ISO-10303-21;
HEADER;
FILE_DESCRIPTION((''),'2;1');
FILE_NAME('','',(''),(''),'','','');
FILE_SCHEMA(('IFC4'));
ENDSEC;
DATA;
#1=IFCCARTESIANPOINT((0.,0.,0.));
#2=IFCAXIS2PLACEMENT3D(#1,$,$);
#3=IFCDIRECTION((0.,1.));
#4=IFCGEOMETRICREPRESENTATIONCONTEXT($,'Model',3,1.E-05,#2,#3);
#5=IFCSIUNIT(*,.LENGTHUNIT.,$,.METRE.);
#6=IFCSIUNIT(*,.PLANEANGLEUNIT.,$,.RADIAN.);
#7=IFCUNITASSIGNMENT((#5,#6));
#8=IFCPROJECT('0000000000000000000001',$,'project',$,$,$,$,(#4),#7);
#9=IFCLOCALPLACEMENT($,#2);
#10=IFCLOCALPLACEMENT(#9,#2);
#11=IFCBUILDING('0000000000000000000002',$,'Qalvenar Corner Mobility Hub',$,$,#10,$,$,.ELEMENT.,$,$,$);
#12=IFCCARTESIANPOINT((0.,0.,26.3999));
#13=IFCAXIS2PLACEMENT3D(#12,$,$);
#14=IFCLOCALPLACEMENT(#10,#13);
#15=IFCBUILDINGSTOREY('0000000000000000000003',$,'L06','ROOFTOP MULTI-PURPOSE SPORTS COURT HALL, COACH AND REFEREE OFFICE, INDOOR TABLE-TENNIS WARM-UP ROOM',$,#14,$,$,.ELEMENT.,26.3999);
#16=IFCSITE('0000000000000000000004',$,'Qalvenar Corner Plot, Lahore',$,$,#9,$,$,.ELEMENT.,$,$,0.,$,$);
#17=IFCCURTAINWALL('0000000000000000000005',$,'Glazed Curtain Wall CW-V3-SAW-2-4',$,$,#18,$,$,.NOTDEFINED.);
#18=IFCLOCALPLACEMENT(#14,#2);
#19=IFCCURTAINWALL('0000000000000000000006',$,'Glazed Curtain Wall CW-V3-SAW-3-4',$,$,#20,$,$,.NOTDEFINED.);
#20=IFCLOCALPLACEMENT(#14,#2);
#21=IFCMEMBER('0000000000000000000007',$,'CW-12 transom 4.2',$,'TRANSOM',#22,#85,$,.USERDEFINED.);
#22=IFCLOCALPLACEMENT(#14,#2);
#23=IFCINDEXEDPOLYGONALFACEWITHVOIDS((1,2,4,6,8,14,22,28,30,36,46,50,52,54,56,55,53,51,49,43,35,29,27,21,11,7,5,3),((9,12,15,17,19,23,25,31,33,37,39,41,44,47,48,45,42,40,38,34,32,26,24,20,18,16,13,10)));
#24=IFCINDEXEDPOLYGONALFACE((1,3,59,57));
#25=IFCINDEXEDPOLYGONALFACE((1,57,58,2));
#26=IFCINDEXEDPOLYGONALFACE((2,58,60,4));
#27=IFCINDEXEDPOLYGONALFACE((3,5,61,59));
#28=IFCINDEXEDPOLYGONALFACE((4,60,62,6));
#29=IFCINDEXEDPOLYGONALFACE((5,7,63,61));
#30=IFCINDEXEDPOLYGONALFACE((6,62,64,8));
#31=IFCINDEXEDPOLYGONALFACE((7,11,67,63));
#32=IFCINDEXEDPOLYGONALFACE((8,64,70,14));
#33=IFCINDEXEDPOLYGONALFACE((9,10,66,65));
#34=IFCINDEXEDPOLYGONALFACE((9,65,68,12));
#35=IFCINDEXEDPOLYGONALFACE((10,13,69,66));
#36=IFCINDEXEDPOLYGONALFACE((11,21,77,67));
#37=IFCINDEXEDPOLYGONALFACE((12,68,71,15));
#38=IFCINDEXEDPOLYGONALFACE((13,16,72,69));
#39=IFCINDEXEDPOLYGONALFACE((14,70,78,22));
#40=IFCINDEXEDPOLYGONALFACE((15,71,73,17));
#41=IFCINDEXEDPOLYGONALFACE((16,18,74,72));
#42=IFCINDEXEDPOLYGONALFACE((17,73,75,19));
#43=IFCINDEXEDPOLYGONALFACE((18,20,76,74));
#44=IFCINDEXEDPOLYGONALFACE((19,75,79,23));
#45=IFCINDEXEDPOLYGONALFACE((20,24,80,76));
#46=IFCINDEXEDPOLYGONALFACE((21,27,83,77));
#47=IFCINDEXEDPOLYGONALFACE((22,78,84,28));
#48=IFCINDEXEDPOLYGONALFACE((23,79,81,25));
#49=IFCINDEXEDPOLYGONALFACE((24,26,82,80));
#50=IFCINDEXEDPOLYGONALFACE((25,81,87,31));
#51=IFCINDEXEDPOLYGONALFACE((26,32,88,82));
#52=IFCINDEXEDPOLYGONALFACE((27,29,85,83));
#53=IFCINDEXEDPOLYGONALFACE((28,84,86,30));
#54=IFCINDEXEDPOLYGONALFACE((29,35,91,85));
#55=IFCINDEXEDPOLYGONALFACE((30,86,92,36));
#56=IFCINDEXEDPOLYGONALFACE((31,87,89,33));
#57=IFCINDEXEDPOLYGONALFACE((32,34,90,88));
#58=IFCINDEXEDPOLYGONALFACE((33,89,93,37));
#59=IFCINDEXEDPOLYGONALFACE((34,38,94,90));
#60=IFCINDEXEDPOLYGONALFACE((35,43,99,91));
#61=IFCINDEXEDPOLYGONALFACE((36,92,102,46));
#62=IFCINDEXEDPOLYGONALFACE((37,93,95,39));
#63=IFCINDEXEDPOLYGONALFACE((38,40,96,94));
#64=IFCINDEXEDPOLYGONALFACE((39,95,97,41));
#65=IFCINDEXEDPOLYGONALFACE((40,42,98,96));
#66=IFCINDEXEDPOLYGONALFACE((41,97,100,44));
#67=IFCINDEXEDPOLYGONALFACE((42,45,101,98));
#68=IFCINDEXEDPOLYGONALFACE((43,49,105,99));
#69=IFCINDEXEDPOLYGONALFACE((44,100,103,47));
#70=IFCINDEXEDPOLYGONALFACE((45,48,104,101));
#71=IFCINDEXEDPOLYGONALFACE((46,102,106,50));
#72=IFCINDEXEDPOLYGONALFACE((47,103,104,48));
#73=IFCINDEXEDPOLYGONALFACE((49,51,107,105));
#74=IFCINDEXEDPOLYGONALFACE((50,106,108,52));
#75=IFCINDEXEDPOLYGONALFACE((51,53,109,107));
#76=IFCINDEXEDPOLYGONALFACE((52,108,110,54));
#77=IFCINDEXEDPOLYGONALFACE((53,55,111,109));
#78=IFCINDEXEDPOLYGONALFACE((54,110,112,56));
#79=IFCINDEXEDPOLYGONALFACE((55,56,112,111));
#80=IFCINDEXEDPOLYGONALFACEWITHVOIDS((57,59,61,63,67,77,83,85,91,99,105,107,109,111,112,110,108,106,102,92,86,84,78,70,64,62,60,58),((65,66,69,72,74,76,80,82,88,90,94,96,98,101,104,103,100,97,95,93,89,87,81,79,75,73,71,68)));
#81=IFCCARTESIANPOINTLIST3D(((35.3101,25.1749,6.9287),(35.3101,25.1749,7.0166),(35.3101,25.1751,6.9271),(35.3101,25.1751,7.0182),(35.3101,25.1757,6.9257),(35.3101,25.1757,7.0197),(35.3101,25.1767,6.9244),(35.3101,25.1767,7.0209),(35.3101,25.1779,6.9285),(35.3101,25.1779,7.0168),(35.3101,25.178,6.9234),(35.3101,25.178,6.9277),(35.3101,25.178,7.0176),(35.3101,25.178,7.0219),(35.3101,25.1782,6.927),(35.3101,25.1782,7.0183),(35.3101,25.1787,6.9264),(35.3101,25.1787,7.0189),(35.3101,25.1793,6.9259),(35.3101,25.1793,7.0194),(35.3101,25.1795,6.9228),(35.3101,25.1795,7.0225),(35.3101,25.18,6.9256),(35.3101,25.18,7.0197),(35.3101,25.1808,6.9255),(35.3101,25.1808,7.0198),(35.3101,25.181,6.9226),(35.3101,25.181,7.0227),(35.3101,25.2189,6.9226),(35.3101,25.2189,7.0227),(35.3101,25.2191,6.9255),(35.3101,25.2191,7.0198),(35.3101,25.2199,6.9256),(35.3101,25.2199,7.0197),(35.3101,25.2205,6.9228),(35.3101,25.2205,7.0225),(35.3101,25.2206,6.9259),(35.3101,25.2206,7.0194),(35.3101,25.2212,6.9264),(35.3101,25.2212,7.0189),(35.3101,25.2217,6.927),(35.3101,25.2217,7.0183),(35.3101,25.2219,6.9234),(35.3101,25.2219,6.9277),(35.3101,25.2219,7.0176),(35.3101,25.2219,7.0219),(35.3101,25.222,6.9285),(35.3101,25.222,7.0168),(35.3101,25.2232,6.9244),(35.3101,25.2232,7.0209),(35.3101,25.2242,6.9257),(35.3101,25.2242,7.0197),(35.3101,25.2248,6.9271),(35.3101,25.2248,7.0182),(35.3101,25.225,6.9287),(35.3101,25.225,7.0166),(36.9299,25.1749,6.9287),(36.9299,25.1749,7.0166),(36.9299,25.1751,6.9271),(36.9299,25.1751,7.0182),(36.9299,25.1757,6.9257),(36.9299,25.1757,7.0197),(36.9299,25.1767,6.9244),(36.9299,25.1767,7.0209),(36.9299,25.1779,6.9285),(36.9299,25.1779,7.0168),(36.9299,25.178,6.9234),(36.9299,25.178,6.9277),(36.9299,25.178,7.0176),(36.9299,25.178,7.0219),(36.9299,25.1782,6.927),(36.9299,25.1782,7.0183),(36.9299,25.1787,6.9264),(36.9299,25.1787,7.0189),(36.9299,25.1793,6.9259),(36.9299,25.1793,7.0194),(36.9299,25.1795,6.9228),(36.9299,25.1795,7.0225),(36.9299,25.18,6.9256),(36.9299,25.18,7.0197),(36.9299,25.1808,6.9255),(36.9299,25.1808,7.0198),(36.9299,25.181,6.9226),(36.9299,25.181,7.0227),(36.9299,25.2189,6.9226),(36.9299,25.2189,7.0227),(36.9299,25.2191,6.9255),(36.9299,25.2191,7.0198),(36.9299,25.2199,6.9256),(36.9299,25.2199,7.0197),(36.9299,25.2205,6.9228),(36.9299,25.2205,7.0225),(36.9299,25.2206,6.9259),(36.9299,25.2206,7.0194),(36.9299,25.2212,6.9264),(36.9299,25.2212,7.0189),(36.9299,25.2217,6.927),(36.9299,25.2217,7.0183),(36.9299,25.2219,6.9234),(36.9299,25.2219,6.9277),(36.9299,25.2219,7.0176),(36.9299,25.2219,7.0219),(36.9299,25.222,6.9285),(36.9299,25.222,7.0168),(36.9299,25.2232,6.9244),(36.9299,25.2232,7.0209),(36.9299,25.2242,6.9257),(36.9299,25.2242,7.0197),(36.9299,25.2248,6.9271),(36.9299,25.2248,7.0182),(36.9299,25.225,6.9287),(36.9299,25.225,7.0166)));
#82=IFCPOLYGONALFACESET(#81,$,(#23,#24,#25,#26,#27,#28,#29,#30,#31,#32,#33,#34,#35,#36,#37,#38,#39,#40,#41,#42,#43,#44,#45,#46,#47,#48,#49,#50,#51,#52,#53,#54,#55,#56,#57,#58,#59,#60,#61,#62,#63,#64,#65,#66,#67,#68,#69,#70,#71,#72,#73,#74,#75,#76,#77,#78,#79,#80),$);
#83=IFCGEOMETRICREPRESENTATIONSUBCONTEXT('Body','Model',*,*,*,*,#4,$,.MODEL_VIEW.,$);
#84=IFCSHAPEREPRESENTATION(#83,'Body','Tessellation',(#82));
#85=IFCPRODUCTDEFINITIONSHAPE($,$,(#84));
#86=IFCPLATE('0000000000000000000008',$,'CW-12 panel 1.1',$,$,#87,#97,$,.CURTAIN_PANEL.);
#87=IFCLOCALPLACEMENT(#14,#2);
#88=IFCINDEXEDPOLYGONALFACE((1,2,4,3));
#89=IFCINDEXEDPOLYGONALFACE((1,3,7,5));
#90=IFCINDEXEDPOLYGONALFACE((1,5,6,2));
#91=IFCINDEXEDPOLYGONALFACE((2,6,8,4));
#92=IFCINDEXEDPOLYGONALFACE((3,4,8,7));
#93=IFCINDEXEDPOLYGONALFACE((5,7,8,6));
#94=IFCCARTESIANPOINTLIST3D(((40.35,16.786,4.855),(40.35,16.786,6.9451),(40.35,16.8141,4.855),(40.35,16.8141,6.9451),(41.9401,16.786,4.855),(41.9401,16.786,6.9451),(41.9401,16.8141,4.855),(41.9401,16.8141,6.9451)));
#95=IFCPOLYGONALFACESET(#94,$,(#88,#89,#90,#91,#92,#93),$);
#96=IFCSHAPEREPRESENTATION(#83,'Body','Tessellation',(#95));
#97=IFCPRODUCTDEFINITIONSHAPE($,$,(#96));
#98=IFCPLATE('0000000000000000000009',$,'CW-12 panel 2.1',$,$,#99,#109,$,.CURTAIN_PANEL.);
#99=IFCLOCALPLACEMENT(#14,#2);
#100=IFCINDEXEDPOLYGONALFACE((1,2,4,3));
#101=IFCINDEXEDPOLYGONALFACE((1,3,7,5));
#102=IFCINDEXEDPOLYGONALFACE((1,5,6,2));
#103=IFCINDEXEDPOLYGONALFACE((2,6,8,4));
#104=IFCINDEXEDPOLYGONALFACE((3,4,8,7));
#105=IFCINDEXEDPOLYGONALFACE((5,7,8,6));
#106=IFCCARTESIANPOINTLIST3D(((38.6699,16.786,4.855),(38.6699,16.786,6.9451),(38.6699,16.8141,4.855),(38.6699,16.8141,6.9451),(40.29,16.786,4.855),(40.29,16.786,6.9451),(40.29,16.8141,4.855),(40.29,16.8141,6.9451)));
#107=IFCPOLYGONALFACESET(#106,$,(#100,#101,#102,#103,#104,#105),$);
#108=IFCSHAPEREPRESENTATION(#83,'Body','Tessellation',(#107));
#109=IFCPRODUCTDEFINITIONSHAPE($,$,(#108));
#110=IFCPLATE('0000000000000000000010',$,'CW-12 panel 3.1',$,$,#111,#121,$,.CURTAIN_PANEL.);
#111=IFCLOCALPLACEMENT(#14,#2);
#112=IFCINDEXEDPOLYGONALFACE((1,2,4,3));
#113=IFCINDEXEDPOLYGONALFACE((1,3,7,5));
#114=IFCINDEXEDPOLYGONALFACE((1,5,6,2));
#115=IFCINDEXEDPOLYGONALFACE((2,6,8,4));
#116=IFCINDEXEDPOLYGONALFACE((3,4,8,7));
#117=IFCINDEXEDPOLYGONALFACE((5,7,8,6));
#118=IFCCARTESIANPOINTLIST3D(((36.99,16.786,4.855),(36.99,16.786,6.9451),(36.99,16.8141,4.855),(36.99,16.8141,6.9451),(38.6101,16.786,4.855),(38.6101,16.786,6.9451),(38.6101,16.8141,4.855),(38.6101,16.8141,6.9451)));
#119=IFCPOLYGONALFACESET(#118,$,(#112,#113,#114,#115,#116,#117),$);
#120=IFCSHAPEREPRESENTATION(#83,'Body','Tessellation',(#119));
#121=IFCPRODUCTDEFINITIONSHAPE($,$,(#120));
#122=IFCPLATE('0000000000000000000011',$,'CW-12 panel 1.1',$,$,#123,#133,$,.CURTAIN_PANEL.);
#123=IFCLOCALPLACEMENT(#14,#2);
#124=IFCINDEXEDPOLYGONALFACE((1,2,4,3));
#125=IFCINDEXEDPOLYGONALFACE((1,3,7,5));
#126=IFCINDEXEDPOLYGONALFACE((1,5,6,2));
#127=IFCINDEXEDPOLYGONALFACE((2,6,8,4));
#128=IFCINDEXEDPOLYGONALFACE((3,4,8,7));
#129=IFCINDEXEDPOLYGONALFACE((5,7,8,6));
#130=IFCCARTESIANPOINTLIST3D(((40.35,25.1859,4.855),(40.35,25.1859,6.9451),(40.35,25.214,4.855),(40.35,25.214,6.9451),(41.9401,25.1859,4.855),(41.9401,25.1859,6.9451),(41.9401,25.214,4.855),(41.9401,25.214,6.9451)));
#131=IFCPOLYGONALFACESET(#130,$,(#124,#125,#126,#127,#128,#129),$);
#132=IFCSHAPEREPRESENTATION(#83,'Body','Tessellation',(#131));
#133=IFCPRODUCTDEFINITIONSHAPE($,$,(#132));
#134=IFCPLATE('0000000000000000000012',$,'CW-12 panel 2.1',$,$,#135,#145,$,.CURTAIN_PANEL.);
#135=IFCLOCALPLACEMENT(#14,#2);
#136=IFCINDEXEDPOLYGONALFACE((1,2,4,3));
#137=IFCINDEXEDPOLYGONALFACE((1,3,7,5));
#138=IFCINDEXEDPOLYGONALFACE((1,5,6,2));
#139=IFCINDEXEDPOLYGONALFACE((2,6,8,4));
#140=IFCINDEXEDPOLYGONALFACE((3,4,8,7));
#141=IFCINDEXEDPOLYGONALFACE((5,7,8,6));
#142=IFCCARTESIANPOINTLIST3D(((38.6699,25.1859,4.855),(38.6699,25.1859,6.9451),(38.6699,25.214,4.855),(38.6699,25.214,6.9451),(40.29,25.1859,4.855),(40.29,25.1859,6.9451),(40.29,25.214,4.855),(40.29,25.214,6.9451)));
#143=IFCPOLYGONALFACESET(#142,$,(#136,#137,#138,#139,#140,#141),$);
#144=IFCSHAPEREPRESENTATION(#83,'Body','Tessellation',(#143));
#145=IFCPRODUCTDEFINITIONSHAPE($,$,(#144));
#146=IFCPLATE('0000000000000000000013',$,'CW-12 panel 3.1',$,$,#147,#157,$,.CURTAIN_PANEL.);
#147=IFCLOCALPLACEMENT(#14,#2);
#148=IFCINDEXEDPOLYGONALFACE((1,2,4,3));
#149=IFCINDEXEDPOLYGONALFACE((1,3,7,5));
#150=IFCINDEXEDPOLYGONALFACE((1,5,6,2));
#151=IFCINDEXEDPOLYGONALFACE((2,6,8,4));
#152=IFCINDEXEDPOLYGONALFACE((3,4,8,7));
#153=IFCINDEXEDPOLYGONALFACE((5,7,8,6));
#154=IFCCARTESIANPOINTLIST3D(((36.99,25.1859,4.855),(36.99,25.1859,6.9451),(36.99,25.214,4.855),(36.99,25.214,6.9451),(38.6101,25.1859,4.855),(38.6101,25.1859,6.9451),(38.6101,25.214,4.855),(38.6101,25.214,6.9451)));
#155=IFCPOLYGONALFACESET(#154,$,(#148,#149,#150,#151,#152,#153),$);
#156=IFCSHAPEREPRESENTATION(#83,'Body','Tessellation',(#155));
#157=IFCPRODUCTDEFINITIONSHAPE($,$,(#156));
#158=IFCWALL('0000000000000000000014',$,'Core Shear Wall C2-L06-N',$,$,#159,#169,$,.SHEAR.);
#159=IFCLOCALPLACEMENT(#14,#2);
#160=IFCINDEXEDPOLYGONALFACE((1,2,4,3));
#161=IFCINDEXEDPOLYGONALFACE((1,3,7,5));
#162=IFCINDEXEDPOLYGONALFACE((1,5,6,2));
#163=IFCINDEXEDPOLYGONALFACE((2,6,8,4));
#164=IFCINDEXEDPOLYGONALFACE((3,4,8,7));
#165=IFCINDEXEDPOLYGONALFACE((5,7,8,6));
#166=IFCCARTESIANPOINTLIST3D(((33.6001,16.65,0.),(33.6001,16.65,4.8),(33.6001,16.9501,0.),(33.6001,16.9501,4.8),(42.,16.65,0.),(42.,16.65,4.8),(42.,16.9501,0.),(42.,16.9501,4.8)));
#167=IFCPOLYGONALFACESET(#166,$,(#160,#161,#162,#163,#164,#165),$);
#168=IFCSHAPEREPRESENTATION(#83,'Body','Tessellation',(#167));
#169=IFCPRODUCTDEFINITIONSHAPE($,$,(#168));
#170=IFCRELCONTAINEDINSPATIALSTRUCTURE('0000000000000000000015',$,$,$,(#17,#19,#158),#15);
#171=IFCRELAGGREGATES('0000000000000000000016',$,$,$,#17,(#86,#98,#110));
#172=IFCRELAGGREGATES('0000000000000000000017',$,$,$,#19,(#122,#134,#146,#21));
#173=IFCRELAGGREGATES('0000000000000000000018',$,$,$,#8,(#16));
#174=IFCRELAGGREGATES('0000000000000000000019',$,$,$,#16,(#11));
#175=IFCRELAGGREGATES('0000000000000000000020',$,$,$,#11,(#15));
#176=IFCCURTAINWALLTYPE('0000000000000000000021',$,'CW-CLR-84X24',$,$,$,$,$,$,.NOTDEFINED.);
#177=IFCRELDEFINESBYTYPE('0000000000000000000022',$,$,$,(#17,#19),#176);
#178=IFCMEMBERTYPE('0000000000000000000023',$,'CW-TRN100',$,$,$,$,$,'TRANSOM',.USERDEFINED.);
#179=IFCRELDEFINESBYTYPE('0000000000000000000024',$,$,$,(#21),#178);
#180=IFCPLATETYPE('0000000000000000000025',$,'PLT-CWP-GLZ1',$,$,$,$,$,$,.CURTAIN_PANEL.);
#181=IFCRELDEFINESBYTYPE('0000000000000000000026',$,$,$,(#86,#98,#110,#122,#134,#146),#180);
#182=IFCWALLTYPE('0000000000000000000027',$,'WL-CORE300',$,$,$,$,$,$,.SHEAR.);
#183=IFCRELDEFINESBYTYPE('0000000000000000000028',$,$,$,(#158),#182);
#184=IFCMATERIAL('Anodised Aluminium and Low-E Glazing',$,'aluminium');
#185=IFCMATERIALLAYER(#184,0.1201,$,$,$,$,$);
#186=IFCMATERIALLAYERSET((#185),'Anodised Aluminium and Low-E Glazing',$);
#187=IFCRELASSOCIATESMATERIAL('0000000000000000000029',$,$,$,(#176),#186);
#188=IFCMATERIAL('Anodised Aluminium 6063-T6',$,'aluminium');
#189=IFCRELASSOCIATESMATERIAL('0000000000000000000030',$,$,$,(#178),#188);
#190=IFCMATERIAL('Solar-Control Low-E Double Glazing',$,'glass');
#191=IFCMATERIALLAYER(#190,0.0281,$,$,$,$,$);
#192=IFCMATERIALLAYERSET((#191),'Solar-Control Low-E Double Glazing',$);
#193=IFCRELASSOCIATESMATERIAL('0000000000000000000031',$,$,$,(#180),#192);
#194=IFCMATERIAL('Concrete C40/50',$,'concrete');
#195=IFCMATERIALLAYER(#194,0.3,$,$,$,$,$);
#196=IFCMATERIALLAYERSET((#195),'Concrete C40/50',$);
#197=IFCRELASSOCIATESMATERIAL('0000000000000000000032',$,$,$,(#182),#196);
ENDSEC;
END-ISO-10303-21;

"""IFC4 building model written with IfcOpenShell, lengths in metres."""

from ifc_helpers import new_model, si_unit, direction, frame, frame_2d, origin, origin_2d, place, context, subcontext, project, spatial, rectangle, hollow_rectangle, extrude, material, layer, layer_set, material_profile, profile_set, type_object, element, aggregate, save


model = new_model("IFC4")

# Units and contexts
model_context = context("Model", 3, precision=1e-05, world=origin(), true_north=direction((0.0, 1.0)))
body_context = subcontext(model_context, "Body", "Model", "MODEL_VIEW")
ifc_project = project(units=[si_unit("LENGTHUNIT", "METRE"), si_unit("PLANEANGLEUNIT", "RADIAN")], contexts=[model_context])

# Site, building, storey
site_placement = place(None, origin())
site = spatial("IfcSite", under=ifc_project, at=site_placement, Name="Qalvenar Corner Plot, Lahore", CompositionType="ELEMENT", RefElevation=0.0)
building_placement = place(site_placement, origin())
building = spatial("IfcBuilding", under=site, at=building_placement, Name="Qalvenar Corner Mobility Hub", CompositionType="ELEMENT")
storey_placement = place(building_placement, frame((0.0, 0.0, 26.3999)))
storey = spatial("IfcBuildingStorey", under=building, at=storey_placement, Name="L06", Description="ROOFTOP MULTI-PURPOSE SPORTS COURT HALL, COACH AND REFEREE OFFICE, INDOOR TABLE-TENNIS WARM-UP ROOM", CompositionType="ELEMENT", Elevation=26.3999)

# Curtain walls
ifc_material_1 = material(Name="Anodised Aluminium and Low-E Glazing", Category="aluminium")
ifc_layer_1 = layer(ifc_material_1, 0.1201)
ifc_layer_set_1 = layer_set([ifc_layer_1], Name="Anodised Aluminium and Low-E Glazing")
curtain_wall_type = type_object("IfcCurtainWallType", Name="CW-CLR-84X24", PredefinedType="NOTDEFINED", material=ifc_layer_set_1)
curtain_wall_1_placement = place(storey_placement, origin())
curtain_wall_1 = element("IfcCurtainWall", 1, at=curtain_wall_1_placement, inside=storey, type_object=curtain_wall_type, Name="Glazed Curtain Wall CW-V3-SAW-2-4", PredefinedType="NOTDEFINED")
ifc_material_2 = material(Name="Anodised Aluminium 6063-T6", Category="aluminium")
curtain_wall_2_placement = place(storey_placement, origin())
curtain_wall_2 = element("IfcCurtainWall", 2, at=curtain_wall_2_placement, inside=storey, type_object=curtain_wall_type, Name="Glazed Curtain Wall CW-V3-SAW-3-4", PredefinedType="NOTDEFINED")

# Member
ifc_material_profile_1 = material_profile(ifc_material_2, hollow_rectangle(XDim=0.05, YDim=0.1001, WallThickness=0.0029, InnerFilletRadius=0.0029, OuterFilletRadius=0.0061, at=origin_2d()), Name="RHS100x50x3")
ifc_profile_set_1 = profile_set([ifc_material_profile_1], Name="Anodised Aluminium 6063-T6")
member_type_1 = type_object("IfcMemberType", Name="CW-TRN100", ElementType="TRANSOM", PredefinedType="USERDEFINED", material=ifc_profile_set_1)
member_1_placement = place(storey_placement, frame((36.9299, 25.2, 6.9727), z_axis=(-1.0, 0.0, 0.0), x_axis=(0.0, -1.0, 0.0)))
member_1 = element("IfcMember", 3, at=member_1_placement, type_object=member_type_1, Name="CW-12 transom 4.2", ObjectType="TRANSOM", PredefinedType="USERDEFINED", context=body_context, shape_type="SweptSolid", body=[
    extrude(hollow_rectangle(XDim=0.05, YDim=0.1001, WallThickness=0.0029, InnerFilletRadius=0.0029, OuterFilletRadius=0.0061, at=origin_2d()), origin(), (0.0, 0.0, 1.0), 1.6199),
])

# Plates
ifc_material_3 = material(Name="Solar-Control Low-E Double Glazing", Category="glass")
ifc_layer_2 = layer(ifc_material_3, 0.0281)
ifc_layer_set_2 = layer_set([ifc_layer_2], Name="Solar-Control Low-E Double Glazing")
plate_type = type_object("IfcPlateType", Name="PLT-CWP-GLZ1", PredefinedType="CURTAIN_PANEL", material=ifc_layer_set_2)
plate_1_placement = place(storey_placement, frame((41.145, 16.8, 4.855), z_axis=(0.0, 0.0, 1.0), x_axis=(-1.0, 0.0, 0.0)))
plate_1 = element("IfcPlate", 4, at=plate_1_placement, type_object=plate_type, Name="CW-12 panel 1.1", PredefinedType="CURTAIN_PANEL", context=body_context, shape_type="SweptSolid", body=[
    extrude(rectangle(XDim=1.5901, YDim=0.0281, at=origin_2d()), origin(), (0.0, 0.0, 1.0), 2.0901),
])
plate_2_placement = place(storey_placement, frame((39.48, 16.8, 4.855), z_axis=(0.0, 0.0, 1.0), x_axis=(-1.0, 0.0, 0.0)))
plate_2 = element("IfcPlate", 5, at=plate_2_placement, type_object=plate_type, Name="CW-12 panel 2.1", PredefinedType="CURTAIN_PANEL", context=body_context, shape_type="SweptSolid", body=[
    extrude(rectangle(XDim=1.6201, YDim=0.0281, at=origin_2d()), origin(), (0.0, 0.0, 1.0), 2.0901),
])
plate_3_placement = place(storey_placement, frame((37.8, 16.8, 4.855), z_axis=(0.0, 0.0, 1.0), x_axis=(-1.0, 0.0, 0.0)))
plate_3 = element("IfcPlate", 6, at=plate_3_placement, type_object=plate_type, Name="CW-12 panel 3.1", PredefinedType="CURTAIN_PANEL", context=body_context, shape_type="SweptSolid", body=[
    extrude(rectangle(XDim=1.6201, YDim=0.0281, at=origin_2d()), origin(), (0.0, 0.0, 1.0), 2.0901),
])
aggregate(curtain_wall_1, [plate_1, plate_2, plate_3])
plate_4_placement = place(storey_placement, frame((41.145, 25.2, 4.855), z_axis=(0.0, 0.0, 1.0), x_axis=(-1.0, 0.0, 0.0)))
plate_4 = element("IfcPlate", 7, at=plate_4_placement, type_object=plate_type, Name="CW-12 panel 1.1", PredefinedType="CURTAIN_PANEL", context=body_context, shape_type="SweptSolid", body=[
    extrude(rectangle(XDim=1.5901, YDim=0.0281, at=origin_2d()), origin(), (0.0, 0.0, 1.0), 2.0901),
])
plate_5_placement = place(storey_placement, frame((39.48, 25.2, 4.855), z_axis=(0.0, 0.0, 1.0), x_axis=(-1.0, 0.0, 0.0)))
plate_5 = element("IfcPlate", 8, at=plate_5_placement, type_object=plate_type, Name="CW-12 panel 2.1", PredefinedType="CURTAIN_PANEL", context=body_context, shape_type="SweptSolid", body=[
    extrude(rectangle(XDim=1.6201, YDim=0.0281, at=origin_2d()), origin(), (0.0, 0.0, 1.0), 2.0901),
])
plate_6_placement = place(storey_placement, frame((37.8, 25.2, 4.855), z_axis=(0.0, 0.0, 1.0), x_axis=(-1.0, 0.0, 0.0)))
plate_6 = element("IfcPlate", 9, at=plate_6_placement, type_object=plate_type, Name="CW-12 panel 3.1", PredefinedType="CURTAIN_PANEL", context=body_context, shape_type="SweptSolid", body=[
    extrude(rectangle(XDim=1.6201, YDim=0.0281, at=origin_2d()), origin(), (0.0, 0.0, 1.0), 2.0901),
])
aggregate(curtain_wall_2, [plate_4, plate_5, plate_6, member_1])

# Wall
ifc_material_4 = material(Name="Concrete C40/50", Category="concrete")
ifc_layer_3 = layer(ifc_material_4, 0.3)
ifc_layer_set_3 = layer_set([ifc_layer_3], Name="Concrete C40/50")
wall_type_1 = type_object("IfcWallType", Name="WL-CORE300", PredefinedType="SHEAR", material=ifc_layer_set_3)
wall_1_placement = place(storey_placement, frame((42.0, 16.8, 0.0), z_axis=(0.0, 0.0, 1.0), x_axis=(-1.0, 0.0, 0.0)))
element("IfcWall", 10, at=wall_1_placement, inside=storey, type_object=wall_type_1, Name="Core Shear Wall C2-L06-N", PredefinedType="SHEAR", context=body_context, shape_type="SweptSolid", body=[
    extrude(rectangle(XDim=8.3999, YDim=0.3, at=frame_2d((4.2, 0.0))), origin(), (0.0, 0.0, 1.0), 4.8),
])

save(model, "model.ifc")
